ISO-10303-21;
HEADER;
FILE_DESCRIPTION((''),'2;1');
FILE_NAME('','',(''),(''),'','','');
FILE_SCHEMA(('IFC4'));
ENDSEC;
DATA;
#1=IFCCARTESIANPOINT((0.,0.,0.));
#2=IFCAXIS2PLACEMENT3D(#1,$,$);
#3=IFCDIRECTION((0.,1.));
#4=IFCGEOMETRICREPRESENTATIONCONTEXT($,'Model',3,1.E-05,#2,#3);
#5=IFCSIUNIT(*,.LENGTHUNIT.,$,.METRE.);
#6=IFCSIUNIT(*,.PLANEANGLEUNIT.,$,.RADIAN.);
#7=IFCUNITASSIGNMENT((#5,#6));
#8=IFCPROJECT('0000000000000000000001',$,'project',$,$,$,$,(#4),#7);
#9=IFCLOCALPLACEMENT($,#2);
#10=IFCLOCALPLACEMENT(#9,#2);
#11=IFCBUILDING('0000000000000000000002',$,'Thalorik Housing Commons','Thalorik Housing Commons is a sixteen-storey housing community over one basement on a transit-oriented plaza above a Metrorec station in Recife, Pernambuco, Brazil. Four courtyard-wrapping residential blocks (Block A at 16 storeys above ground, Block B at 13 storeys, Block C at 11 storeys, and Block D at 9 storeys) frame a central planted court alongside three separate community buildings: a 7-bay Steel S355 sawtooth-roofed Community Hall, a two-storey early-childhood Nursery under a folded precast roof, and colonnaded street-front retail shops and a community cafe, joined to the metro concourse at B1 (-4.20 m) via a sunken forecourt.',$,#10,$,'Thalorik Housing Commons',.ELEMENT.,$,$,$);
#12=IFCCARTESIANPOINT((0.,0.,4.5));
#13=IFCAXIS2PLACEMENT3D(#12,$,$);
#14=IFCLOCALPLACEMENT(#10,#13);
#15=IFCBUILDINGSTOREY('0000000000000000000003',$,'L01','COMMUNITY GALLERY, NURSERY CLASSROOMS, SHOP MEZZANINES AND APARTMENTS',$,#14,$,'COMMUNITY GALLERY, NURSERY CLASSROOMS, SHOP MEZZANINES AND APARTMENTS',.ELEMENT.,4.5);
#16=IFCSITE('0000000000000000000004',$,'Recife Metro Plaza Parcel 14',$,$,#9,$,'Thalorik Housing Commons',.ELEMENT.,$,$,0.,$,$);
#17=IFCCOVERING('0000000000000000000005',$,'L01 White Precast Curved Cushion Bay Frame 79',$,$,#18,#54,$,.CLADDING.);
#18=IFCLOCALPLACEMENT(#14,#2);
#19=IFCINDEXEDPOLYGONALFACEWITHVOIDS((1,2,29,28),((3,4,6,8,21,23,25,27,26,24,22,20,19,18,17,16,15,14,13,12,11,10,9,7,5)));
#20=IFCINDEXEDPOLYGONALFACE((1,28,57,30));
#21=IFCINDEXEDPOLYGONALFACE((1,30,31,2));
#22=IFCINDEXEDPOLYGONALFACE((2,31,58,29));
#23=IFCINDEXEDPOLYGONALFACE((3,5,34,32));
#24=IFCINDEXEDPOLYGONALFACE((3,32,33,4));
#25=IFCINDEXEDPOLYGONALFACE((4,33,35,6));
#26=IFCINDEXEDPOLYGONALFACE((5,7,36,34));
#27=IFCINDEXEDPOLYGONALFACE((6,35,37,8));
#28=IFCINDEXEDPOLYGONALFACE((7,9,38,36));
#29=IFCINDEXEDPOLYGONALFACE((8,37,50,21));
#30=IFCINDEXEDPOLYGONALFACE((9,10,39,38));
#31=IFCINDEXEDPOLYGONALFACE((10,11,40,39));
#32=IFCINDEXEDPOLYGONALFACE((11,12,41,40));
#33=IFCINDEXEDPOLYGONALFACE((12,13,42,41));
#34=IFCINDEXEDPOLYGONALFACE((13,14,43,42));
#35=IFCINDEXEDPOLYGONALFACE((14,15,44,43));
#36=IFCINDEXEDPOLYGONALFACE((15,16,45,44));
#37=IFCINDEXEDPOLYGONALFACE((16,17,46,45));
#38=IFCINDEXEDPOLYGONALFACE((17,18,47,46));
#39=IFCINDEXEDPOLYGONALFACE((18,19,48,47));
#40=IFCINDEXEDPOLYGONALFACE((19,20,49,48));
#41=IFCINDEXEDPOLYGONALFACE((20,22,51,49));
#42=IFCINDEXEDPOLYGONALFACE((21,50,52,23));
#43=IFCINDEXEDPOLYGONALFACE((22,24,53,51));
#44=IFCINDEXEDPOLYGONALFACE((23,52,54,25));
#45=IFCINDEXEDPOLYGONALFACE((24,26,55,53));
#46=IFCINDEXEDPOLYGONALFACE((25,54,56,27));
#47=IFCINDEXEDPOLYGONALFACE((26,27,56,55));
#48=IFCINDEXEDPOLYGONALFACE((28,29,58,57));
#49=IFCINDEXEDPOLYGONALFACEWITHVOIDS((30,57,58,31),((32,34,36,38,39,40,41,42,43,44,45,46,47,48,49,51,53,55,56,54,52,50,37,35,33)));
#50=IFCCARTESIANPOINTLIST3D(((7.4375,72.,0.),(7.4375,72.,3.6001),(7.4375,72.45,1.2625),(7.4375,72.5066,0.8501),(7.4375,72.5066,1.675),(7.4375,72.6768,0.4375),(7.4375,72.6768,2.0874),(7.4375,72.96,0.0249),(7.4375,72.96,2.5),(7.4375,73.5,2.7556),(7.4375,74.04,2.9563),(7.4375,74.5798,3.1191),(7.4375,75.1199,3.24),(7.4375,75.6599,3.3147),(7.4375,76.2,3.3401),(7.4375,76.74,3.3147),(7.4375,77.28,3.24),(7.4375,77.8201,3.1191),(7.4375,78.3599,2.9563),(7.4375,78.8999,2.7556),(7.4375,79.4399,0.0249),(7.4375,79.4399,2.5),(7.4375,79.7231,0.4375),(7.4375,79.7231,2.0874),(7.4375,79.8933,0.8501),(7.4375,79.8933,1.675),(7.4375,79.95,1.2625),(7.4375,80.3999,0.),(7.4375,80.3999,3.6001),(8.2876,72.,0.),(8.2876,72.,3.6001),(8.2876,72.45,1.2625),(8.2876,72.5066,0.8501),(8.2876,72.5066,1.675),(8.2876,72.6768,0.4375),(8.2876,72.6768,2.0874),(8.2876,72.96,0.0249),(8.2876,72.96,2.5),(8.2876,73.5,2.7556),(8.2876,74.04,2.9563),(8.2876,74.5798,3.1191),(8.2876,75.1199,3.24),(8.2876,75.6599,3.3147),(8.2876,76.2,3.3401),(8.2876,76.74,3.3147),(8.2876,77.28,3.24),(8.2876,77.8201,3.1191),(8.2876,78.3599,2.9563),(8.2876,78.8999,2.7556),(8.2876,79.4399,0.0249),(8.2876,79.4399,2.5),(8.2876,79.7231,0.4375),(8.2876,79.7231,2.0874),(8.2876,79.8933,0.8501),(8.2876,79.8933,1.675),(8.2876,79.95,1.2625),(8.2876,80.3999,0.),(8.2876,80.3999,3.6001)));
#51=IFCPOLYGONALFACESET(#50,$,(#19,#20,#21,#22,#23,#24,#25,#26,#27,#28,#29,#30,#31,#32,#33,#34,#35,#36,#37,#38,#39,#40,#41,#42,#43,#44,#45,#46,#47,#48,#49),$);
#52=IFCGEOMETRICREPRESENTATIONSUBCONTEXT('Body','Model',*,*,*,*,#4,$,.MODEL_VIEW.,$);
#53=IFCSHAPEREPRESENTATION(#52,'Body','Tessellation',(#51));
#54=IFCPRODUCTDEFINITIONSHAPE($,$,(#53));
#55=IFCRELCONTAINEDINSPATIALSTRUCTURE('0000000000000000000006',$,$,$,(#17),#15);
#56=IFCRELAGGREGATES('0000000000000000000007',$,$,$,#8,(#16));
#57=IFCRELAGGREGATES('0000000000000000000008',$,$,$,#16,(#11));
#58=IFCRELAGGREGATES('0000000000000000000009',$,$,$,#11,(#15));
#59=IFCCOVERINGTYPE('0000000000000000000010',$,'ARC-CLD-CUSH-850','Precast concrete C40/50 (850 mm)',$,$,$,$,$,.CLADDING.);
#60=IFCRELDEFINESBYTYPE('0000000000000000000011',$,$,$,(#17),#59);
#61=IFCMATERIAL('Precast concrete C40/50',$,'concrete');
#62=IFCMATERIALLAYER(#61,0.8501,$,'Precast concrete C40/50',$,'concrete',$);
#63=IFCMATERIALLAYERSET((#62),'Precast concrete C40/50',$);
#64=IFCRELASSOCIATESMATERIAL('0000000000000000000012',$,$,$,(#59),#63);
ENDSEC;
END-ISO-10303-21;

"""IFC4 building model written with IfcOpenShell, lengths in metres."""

from ifc_helpers import new_model, si_unit, direction, frame, origin, place, context, subcontext, project, spatial, polyline, outline, extrude, material, layer, layer_set, type_object, element, save


model = new_model("IFC4")

# Units and contexts
model_context = context("Model", 3, precision=1e-05, world=origin(), true_north=direction((0.0, 1.0)))
body_context = subcontext(model_context, "Body", "Model", "MODEL_VIEW")
ifc_project = project(units=[si_unit("LENGTHUNIT", "METRE"), si_unit("PLANEANGLEUNIT", "RADIAN")], contexts=[model_context])

# Site, building, storey
site_placement = place(None, origin())
site = spatial("IfcSite", under=ifc_project, at=site_placement, Name="Recife Metro Plaza Parcel 14", LongName="Thalorik Housing Commons", CompositionType="ELEMENT", RefElevation=0.0)
building_placement = place(site_placement, origin())
building = spatial("IfcBuilding", under=site, at=building_placement, Name="Thalorik Housing Commons", Description="Thalorik Housing Commons is a sixteen-storey housing community over one basement on a transit-oriented plaza above a Metrorec station in Recife, Pernambuco, Brazil. Four courtyard-wrapping residential blocks (Block A at 16 storeys above ground, Block B at 13 storeys, Block C at 11 storeys, and Block D at 9 storeys) frame a central planted court alongside three separate community buildings: a 7-bay Steel S355 sawtooth-roofed Community Hall, a two-storey early-childhood Nursery under a folded precast roof, and colonnaded street-front retail shops and a community cafe, joined to the metro concourse at B1 (-4.20 m) via a sunken forecourt.", LongName="Thalorik Housing Commons", CompositionType="ELEMENT")
storey_placement = place(building_placement, frame((0.0, 0.0, 4.5)))
storey = spatial("IfcBuildingStorey", under=building, at=storey_placement, Name="L01", Description="COMMUNITY GALLERY, NURSERY CLASSROOMS, SHOP MEZZANINES AND APARTMENTS", LongName="COMMUNITY GALLERY, NURSERY CLASSROOMS, SHOP MEZZANINES AND APARTMENTS", CompositionType="ELEMENT", Elevation=4.5)

# Shared definitions
ifc_material_1 = material(Name="Precast concrete C40/50", Category="concrete")

# Covering
ifc_layer_1 = layer(ifc_material_1, 0.8501, Name="Precast concrete C40/50", Category="concrete")
ifc_layer_set_1 = layer_set([ifc_layer_1], Name="Precast concrete C40/50")
covering_type_1 = type_object("IfcCoveringType", Name="ARC-CLD-CUSH-850", Description="Precast concrete C40/50 (850 mm)", PredefinedType="CLADDING", material=ifc_layer_set_1)
covering_1_placement = place(storey_placement, frame((7.8625, 76.2, 0.0), z_axis=(0.0, 0.0, 1.0), x_axis=(0.0, -1.0, 0.0)))
element("IfcCovering", 1, at=covering_1_placement, inside=storey, type_object=covering_type_1, Name="L01 White Precast Curved Cushion Bay Frame 79", PredefinedType="CLADDING", context=body_context, shape_type="SweptSolid", body=[
    extrude(outline(polyline([(-4.2, 0.0), (4.2, 0.0), (4.2, 3.6001), (-4.2, 3.6001), (-4.2, 0.0)]), holes=[polyline([(3.24, 0.0249), (3.5232, 0.4375), (3.6934, 0.8501), (3.75, 1.2625), (3.6934, 1.675), (3.5232, 2.0874), (3.24, 2.5), (2.7, 2.7556), (2.1599, 2.9563), (1.6201, 3.1191), (1.0801, 3.24), (0.54, 3.3147), (0.0, 3.3401), (-0.54, 3.3147), (-1.0801, 3.24), (-1.6201, 3.1191), (-2.1599, 2.9563), (-2.7, 2.7556), (-3.24, 2.5), (-3.5232, 2.0874), (-3.6934, 1.675), (-3.75, 1.2625), (-3.6934, 0.8501), (-3.5232, 0.4375), (-3.24, 0.0249), (3.24, 0.0249)])]), frame((0.0, 0.425, 0.0), z_axis=(0.0, -1.0, 0.0), x_axis=(1.0, 0.0, 0.0)), (0.0, 0.0, 1.0), 0.8501),
])

save(model, "model.ifc")
